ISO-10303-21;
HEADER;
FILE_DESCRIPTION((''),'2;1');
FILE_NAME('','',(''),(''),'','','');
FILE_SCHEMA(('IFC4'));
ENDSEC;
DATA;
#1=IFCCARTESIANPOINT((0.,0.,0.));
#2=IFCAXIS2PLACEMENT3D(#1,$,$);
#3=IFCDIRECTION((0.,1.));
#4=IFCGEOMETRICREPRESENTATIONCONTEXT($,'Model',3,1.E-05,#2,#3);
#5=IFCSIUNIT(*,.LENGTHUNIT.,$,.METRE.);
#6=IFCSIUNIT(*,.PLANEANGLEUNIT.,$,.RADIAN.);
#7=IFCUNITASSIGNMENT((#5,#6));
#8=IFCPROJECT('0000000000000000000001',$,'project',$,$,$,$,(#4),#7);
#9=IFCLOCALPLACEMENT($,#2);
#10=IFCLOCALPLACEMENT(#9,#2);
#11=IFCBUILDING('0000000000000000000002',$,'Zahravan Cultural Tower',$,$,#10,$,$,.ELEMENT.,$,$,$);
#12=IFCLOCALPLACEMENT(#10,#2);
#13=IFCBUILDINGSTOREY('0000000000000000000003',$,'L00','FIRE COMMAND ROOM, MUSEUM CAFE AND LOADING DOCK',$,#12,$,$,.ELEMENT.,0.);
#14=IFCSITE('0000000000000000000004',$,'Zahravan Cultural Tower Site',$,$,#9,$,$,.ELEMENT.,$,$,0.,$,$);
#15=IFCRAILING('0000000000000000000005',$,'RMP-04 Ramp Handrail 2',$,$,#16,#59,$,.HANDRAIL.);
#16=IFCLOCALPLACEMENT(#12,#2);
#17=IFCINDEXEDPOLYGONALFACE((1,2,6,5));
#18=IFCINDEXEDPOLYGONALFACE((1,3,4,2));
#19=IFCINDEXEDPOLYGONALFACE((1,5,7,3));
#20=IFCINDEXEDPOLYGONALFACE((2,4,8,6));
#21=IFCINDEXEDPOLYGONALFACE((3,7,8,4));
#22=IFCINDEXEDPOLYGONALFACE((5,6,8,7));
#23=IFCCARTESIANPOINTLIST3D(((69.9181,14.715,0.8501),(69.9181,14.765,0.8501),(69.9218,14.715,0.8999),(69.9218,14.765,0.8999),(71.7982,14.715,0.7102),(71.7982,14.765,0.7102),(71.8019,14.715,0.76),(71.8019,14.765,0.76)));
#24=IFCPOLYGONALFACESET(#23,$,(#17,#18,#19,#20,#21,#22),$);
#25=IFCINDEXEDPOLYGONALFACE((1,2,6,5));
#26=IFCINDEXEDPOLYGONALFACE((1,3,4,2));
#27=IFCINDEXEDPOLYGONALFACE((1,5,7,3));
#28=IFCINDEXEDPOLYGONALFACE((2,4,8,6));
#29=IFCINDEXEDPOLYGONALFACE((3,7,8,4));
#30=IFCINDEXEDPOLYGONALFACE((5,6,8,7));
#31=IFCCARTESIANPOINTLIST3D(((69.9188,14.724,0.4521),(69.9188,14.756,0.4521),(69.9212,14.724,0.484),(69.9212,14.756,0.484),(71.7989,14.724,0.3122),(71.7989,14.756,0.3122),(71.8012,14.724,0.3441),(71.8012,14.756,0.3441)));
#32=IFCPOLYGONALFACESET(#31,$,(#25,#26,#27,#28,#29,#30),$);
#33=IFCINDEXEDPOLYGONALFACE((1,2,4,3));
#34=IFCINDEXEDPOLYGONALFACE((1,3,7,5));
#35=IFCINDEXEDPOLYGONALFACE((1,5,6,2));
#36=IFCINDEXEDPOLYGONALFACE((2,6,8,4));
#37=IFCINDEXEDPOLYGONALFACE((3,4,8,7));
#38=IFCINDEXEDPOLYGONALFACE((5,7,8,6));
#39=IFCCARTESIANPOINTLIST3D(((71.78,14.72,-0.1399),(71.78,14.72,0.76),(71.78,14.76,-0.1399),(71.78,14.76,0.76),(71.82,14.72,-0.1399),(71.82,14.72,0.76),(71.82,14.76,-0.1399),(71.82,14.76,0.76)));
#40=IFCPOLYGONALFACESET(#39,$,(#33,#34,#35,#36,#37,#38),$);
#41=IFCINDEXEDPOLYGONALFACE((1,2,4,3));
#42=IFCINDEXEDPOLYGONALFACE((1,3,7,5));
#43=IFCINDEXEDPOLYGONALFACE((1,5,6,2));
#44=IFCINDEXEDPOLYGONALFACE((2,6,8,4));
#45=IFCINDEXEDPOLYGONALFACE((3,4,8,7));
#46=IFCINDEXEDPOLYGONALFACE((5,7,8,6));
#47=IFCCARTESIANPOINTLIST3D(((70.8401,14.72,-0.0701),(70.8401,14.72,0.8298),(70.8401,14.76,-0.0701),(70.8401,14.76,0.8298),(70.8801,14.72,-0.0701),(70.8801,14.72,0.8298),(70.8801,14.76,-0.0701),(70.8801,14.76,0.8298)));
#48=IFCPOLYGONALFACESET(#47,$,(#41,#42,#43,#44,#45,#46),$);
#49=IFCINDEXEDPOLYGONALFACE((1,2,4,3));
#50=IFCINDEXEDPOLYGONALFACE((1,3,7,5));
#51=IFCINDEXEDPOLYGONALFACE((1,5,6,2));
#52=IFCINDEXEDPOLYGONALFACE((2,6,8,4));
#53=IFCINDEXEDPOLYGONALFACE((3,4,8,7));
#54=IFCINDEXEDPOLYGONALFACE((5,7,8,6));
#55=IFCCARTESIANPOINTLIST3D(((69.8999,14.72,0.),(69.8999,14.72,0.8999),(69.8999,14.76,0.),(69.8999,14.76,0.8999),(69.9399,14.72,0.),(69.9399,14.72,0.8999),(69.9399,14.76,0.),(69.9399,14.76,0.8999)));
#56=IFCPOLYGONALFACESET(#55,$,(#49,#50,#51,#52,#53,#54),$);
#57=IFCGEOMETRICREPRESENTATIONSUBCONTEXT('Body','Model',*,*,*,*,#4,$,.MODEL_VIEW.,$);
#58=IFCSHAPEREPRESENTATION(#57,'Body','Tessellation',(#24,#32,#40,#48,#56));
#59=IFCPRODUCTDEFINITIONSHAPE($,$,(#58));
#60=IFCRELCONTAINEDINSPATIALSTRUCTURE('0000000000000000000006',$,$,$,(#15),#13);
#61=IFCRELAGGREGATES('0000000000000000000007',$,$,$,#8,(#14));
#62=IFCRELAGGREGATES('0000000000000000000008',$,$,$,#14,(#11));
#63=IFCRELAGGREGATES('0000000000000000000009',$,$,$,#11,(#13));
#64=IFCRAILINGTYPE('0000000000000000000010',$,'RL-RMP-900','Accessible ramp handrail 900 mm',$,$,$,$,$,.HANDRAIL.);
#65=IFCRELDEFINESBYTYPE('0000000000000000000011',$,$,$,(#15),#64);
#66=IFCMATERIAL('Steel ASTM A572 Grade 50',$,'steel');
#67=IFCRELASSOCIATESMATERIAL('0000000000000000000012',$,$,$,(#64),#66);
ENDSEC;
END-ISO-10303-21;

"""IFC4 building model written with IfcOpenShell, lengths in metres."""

from ifc_helpers import new_model, si_unit, direction, frame, origin, origin_2d, place, context, subcontext, project, spatial, rectangle, extrude, material, type_object, element, save


model = new_model("IFC4")

# Units and contexts
model_context = context("Model", 3, precision=1e-05, world=origin(), true_north=direction((0.0, 1.0)))
body_context = subcontext(model_context, "Body", "Model", "MODEL_VIEW")
ifc_project = project(units=[si_unit("LENGTHUNIT", "METRE"), si_unit("PLANEANGLEUNIT", "RADIAN")], contexts=[model_context])

# Site, building, storey
site_placement = place(None, origin())
site = spatial("IfcSite", under=ifc_project, at=site_placement, Name="Zahravan Cultural Tower Site", CompositionType="ELEMENT", RefElevation=0.0)
building_placement = place(site_placement, origin())
building = spatial("IfcBuilding", under=site, at=building_placement, Name="Zahravan Cultural Tower", CompositionType="ELEMENT")
storey_placement = place(building_placement, origin())
storey = spatial("IfcBuildingStorey", under=building, at=storey_placement, Name="L00", Description="FIRE COMMAND ROOM, MUSEUM CAFE AND LOADING DOCK", CompositionType="ELEMENT", Elevation=0.0)

# Shared definitions
ifc_material_1 = material(Name="Steel ASTM A572 Grade 50", Category="steel")

# Railing
railing_type = type_object("IfcRailingType", Name="RL-RMP-900", Description="Accessible ramp handrail 900 mm", PredefinedType="HANDRAIL", material=ifc_material_1)
for number, where, name in (
    (1, (71.8, 14.74, -0.1399), "RMP-04 Ramp Handrail 2"),
):
    element("IfcRailing", number, at=place(storey_placement, frame(where)), inside=storey, type_object=railing_type, Name=name, PredefinedType="HANDRAIL", context=body_context, shape_type="SweptSolid", body=[
        extrude(rectangle(XDim=0.05, YDim=0.05, at=origin_2d()), frame((0.0, 0.0, 0.875), z_axis=(-0.997243, 0.0, 0.074201), x_axis=(0.0, -1.0, 0.0)), (0.0, 0.0, 1.0), 1.8853),
        extrude(rectangle(XDim=0.032, YDim=0.032, at=origin_2d()), frame((0.0, 0.0, 0.468), z_axis=(-0.997243, 0.0, 0.074201), x_axis=(0.0, -1.0, 0.0)), (0.0, 0.0, 1.0), 1.8853),
        extrude(rectangle(XDim=0.04, YDim=0.04, at=origin_2d()), origin(), (0.0, 0.0, 1.0), 0.8999),
        extrude(rectangle(XDim=0.04, YDim=0.04, at=origin_2d()), frame((-0.9399, 0.0, 0.0698)), (0.0, 0.0, 1.0), 0.8999),
        extrude(rectangle(XDim=0.04, YDim=0.04, at=origin_2d()), frame((-1.8801, 0.0, 0.1399)), (0.0, 0.0, 1.0), 0.8999),
    ])

save(model, "model.ifc")
